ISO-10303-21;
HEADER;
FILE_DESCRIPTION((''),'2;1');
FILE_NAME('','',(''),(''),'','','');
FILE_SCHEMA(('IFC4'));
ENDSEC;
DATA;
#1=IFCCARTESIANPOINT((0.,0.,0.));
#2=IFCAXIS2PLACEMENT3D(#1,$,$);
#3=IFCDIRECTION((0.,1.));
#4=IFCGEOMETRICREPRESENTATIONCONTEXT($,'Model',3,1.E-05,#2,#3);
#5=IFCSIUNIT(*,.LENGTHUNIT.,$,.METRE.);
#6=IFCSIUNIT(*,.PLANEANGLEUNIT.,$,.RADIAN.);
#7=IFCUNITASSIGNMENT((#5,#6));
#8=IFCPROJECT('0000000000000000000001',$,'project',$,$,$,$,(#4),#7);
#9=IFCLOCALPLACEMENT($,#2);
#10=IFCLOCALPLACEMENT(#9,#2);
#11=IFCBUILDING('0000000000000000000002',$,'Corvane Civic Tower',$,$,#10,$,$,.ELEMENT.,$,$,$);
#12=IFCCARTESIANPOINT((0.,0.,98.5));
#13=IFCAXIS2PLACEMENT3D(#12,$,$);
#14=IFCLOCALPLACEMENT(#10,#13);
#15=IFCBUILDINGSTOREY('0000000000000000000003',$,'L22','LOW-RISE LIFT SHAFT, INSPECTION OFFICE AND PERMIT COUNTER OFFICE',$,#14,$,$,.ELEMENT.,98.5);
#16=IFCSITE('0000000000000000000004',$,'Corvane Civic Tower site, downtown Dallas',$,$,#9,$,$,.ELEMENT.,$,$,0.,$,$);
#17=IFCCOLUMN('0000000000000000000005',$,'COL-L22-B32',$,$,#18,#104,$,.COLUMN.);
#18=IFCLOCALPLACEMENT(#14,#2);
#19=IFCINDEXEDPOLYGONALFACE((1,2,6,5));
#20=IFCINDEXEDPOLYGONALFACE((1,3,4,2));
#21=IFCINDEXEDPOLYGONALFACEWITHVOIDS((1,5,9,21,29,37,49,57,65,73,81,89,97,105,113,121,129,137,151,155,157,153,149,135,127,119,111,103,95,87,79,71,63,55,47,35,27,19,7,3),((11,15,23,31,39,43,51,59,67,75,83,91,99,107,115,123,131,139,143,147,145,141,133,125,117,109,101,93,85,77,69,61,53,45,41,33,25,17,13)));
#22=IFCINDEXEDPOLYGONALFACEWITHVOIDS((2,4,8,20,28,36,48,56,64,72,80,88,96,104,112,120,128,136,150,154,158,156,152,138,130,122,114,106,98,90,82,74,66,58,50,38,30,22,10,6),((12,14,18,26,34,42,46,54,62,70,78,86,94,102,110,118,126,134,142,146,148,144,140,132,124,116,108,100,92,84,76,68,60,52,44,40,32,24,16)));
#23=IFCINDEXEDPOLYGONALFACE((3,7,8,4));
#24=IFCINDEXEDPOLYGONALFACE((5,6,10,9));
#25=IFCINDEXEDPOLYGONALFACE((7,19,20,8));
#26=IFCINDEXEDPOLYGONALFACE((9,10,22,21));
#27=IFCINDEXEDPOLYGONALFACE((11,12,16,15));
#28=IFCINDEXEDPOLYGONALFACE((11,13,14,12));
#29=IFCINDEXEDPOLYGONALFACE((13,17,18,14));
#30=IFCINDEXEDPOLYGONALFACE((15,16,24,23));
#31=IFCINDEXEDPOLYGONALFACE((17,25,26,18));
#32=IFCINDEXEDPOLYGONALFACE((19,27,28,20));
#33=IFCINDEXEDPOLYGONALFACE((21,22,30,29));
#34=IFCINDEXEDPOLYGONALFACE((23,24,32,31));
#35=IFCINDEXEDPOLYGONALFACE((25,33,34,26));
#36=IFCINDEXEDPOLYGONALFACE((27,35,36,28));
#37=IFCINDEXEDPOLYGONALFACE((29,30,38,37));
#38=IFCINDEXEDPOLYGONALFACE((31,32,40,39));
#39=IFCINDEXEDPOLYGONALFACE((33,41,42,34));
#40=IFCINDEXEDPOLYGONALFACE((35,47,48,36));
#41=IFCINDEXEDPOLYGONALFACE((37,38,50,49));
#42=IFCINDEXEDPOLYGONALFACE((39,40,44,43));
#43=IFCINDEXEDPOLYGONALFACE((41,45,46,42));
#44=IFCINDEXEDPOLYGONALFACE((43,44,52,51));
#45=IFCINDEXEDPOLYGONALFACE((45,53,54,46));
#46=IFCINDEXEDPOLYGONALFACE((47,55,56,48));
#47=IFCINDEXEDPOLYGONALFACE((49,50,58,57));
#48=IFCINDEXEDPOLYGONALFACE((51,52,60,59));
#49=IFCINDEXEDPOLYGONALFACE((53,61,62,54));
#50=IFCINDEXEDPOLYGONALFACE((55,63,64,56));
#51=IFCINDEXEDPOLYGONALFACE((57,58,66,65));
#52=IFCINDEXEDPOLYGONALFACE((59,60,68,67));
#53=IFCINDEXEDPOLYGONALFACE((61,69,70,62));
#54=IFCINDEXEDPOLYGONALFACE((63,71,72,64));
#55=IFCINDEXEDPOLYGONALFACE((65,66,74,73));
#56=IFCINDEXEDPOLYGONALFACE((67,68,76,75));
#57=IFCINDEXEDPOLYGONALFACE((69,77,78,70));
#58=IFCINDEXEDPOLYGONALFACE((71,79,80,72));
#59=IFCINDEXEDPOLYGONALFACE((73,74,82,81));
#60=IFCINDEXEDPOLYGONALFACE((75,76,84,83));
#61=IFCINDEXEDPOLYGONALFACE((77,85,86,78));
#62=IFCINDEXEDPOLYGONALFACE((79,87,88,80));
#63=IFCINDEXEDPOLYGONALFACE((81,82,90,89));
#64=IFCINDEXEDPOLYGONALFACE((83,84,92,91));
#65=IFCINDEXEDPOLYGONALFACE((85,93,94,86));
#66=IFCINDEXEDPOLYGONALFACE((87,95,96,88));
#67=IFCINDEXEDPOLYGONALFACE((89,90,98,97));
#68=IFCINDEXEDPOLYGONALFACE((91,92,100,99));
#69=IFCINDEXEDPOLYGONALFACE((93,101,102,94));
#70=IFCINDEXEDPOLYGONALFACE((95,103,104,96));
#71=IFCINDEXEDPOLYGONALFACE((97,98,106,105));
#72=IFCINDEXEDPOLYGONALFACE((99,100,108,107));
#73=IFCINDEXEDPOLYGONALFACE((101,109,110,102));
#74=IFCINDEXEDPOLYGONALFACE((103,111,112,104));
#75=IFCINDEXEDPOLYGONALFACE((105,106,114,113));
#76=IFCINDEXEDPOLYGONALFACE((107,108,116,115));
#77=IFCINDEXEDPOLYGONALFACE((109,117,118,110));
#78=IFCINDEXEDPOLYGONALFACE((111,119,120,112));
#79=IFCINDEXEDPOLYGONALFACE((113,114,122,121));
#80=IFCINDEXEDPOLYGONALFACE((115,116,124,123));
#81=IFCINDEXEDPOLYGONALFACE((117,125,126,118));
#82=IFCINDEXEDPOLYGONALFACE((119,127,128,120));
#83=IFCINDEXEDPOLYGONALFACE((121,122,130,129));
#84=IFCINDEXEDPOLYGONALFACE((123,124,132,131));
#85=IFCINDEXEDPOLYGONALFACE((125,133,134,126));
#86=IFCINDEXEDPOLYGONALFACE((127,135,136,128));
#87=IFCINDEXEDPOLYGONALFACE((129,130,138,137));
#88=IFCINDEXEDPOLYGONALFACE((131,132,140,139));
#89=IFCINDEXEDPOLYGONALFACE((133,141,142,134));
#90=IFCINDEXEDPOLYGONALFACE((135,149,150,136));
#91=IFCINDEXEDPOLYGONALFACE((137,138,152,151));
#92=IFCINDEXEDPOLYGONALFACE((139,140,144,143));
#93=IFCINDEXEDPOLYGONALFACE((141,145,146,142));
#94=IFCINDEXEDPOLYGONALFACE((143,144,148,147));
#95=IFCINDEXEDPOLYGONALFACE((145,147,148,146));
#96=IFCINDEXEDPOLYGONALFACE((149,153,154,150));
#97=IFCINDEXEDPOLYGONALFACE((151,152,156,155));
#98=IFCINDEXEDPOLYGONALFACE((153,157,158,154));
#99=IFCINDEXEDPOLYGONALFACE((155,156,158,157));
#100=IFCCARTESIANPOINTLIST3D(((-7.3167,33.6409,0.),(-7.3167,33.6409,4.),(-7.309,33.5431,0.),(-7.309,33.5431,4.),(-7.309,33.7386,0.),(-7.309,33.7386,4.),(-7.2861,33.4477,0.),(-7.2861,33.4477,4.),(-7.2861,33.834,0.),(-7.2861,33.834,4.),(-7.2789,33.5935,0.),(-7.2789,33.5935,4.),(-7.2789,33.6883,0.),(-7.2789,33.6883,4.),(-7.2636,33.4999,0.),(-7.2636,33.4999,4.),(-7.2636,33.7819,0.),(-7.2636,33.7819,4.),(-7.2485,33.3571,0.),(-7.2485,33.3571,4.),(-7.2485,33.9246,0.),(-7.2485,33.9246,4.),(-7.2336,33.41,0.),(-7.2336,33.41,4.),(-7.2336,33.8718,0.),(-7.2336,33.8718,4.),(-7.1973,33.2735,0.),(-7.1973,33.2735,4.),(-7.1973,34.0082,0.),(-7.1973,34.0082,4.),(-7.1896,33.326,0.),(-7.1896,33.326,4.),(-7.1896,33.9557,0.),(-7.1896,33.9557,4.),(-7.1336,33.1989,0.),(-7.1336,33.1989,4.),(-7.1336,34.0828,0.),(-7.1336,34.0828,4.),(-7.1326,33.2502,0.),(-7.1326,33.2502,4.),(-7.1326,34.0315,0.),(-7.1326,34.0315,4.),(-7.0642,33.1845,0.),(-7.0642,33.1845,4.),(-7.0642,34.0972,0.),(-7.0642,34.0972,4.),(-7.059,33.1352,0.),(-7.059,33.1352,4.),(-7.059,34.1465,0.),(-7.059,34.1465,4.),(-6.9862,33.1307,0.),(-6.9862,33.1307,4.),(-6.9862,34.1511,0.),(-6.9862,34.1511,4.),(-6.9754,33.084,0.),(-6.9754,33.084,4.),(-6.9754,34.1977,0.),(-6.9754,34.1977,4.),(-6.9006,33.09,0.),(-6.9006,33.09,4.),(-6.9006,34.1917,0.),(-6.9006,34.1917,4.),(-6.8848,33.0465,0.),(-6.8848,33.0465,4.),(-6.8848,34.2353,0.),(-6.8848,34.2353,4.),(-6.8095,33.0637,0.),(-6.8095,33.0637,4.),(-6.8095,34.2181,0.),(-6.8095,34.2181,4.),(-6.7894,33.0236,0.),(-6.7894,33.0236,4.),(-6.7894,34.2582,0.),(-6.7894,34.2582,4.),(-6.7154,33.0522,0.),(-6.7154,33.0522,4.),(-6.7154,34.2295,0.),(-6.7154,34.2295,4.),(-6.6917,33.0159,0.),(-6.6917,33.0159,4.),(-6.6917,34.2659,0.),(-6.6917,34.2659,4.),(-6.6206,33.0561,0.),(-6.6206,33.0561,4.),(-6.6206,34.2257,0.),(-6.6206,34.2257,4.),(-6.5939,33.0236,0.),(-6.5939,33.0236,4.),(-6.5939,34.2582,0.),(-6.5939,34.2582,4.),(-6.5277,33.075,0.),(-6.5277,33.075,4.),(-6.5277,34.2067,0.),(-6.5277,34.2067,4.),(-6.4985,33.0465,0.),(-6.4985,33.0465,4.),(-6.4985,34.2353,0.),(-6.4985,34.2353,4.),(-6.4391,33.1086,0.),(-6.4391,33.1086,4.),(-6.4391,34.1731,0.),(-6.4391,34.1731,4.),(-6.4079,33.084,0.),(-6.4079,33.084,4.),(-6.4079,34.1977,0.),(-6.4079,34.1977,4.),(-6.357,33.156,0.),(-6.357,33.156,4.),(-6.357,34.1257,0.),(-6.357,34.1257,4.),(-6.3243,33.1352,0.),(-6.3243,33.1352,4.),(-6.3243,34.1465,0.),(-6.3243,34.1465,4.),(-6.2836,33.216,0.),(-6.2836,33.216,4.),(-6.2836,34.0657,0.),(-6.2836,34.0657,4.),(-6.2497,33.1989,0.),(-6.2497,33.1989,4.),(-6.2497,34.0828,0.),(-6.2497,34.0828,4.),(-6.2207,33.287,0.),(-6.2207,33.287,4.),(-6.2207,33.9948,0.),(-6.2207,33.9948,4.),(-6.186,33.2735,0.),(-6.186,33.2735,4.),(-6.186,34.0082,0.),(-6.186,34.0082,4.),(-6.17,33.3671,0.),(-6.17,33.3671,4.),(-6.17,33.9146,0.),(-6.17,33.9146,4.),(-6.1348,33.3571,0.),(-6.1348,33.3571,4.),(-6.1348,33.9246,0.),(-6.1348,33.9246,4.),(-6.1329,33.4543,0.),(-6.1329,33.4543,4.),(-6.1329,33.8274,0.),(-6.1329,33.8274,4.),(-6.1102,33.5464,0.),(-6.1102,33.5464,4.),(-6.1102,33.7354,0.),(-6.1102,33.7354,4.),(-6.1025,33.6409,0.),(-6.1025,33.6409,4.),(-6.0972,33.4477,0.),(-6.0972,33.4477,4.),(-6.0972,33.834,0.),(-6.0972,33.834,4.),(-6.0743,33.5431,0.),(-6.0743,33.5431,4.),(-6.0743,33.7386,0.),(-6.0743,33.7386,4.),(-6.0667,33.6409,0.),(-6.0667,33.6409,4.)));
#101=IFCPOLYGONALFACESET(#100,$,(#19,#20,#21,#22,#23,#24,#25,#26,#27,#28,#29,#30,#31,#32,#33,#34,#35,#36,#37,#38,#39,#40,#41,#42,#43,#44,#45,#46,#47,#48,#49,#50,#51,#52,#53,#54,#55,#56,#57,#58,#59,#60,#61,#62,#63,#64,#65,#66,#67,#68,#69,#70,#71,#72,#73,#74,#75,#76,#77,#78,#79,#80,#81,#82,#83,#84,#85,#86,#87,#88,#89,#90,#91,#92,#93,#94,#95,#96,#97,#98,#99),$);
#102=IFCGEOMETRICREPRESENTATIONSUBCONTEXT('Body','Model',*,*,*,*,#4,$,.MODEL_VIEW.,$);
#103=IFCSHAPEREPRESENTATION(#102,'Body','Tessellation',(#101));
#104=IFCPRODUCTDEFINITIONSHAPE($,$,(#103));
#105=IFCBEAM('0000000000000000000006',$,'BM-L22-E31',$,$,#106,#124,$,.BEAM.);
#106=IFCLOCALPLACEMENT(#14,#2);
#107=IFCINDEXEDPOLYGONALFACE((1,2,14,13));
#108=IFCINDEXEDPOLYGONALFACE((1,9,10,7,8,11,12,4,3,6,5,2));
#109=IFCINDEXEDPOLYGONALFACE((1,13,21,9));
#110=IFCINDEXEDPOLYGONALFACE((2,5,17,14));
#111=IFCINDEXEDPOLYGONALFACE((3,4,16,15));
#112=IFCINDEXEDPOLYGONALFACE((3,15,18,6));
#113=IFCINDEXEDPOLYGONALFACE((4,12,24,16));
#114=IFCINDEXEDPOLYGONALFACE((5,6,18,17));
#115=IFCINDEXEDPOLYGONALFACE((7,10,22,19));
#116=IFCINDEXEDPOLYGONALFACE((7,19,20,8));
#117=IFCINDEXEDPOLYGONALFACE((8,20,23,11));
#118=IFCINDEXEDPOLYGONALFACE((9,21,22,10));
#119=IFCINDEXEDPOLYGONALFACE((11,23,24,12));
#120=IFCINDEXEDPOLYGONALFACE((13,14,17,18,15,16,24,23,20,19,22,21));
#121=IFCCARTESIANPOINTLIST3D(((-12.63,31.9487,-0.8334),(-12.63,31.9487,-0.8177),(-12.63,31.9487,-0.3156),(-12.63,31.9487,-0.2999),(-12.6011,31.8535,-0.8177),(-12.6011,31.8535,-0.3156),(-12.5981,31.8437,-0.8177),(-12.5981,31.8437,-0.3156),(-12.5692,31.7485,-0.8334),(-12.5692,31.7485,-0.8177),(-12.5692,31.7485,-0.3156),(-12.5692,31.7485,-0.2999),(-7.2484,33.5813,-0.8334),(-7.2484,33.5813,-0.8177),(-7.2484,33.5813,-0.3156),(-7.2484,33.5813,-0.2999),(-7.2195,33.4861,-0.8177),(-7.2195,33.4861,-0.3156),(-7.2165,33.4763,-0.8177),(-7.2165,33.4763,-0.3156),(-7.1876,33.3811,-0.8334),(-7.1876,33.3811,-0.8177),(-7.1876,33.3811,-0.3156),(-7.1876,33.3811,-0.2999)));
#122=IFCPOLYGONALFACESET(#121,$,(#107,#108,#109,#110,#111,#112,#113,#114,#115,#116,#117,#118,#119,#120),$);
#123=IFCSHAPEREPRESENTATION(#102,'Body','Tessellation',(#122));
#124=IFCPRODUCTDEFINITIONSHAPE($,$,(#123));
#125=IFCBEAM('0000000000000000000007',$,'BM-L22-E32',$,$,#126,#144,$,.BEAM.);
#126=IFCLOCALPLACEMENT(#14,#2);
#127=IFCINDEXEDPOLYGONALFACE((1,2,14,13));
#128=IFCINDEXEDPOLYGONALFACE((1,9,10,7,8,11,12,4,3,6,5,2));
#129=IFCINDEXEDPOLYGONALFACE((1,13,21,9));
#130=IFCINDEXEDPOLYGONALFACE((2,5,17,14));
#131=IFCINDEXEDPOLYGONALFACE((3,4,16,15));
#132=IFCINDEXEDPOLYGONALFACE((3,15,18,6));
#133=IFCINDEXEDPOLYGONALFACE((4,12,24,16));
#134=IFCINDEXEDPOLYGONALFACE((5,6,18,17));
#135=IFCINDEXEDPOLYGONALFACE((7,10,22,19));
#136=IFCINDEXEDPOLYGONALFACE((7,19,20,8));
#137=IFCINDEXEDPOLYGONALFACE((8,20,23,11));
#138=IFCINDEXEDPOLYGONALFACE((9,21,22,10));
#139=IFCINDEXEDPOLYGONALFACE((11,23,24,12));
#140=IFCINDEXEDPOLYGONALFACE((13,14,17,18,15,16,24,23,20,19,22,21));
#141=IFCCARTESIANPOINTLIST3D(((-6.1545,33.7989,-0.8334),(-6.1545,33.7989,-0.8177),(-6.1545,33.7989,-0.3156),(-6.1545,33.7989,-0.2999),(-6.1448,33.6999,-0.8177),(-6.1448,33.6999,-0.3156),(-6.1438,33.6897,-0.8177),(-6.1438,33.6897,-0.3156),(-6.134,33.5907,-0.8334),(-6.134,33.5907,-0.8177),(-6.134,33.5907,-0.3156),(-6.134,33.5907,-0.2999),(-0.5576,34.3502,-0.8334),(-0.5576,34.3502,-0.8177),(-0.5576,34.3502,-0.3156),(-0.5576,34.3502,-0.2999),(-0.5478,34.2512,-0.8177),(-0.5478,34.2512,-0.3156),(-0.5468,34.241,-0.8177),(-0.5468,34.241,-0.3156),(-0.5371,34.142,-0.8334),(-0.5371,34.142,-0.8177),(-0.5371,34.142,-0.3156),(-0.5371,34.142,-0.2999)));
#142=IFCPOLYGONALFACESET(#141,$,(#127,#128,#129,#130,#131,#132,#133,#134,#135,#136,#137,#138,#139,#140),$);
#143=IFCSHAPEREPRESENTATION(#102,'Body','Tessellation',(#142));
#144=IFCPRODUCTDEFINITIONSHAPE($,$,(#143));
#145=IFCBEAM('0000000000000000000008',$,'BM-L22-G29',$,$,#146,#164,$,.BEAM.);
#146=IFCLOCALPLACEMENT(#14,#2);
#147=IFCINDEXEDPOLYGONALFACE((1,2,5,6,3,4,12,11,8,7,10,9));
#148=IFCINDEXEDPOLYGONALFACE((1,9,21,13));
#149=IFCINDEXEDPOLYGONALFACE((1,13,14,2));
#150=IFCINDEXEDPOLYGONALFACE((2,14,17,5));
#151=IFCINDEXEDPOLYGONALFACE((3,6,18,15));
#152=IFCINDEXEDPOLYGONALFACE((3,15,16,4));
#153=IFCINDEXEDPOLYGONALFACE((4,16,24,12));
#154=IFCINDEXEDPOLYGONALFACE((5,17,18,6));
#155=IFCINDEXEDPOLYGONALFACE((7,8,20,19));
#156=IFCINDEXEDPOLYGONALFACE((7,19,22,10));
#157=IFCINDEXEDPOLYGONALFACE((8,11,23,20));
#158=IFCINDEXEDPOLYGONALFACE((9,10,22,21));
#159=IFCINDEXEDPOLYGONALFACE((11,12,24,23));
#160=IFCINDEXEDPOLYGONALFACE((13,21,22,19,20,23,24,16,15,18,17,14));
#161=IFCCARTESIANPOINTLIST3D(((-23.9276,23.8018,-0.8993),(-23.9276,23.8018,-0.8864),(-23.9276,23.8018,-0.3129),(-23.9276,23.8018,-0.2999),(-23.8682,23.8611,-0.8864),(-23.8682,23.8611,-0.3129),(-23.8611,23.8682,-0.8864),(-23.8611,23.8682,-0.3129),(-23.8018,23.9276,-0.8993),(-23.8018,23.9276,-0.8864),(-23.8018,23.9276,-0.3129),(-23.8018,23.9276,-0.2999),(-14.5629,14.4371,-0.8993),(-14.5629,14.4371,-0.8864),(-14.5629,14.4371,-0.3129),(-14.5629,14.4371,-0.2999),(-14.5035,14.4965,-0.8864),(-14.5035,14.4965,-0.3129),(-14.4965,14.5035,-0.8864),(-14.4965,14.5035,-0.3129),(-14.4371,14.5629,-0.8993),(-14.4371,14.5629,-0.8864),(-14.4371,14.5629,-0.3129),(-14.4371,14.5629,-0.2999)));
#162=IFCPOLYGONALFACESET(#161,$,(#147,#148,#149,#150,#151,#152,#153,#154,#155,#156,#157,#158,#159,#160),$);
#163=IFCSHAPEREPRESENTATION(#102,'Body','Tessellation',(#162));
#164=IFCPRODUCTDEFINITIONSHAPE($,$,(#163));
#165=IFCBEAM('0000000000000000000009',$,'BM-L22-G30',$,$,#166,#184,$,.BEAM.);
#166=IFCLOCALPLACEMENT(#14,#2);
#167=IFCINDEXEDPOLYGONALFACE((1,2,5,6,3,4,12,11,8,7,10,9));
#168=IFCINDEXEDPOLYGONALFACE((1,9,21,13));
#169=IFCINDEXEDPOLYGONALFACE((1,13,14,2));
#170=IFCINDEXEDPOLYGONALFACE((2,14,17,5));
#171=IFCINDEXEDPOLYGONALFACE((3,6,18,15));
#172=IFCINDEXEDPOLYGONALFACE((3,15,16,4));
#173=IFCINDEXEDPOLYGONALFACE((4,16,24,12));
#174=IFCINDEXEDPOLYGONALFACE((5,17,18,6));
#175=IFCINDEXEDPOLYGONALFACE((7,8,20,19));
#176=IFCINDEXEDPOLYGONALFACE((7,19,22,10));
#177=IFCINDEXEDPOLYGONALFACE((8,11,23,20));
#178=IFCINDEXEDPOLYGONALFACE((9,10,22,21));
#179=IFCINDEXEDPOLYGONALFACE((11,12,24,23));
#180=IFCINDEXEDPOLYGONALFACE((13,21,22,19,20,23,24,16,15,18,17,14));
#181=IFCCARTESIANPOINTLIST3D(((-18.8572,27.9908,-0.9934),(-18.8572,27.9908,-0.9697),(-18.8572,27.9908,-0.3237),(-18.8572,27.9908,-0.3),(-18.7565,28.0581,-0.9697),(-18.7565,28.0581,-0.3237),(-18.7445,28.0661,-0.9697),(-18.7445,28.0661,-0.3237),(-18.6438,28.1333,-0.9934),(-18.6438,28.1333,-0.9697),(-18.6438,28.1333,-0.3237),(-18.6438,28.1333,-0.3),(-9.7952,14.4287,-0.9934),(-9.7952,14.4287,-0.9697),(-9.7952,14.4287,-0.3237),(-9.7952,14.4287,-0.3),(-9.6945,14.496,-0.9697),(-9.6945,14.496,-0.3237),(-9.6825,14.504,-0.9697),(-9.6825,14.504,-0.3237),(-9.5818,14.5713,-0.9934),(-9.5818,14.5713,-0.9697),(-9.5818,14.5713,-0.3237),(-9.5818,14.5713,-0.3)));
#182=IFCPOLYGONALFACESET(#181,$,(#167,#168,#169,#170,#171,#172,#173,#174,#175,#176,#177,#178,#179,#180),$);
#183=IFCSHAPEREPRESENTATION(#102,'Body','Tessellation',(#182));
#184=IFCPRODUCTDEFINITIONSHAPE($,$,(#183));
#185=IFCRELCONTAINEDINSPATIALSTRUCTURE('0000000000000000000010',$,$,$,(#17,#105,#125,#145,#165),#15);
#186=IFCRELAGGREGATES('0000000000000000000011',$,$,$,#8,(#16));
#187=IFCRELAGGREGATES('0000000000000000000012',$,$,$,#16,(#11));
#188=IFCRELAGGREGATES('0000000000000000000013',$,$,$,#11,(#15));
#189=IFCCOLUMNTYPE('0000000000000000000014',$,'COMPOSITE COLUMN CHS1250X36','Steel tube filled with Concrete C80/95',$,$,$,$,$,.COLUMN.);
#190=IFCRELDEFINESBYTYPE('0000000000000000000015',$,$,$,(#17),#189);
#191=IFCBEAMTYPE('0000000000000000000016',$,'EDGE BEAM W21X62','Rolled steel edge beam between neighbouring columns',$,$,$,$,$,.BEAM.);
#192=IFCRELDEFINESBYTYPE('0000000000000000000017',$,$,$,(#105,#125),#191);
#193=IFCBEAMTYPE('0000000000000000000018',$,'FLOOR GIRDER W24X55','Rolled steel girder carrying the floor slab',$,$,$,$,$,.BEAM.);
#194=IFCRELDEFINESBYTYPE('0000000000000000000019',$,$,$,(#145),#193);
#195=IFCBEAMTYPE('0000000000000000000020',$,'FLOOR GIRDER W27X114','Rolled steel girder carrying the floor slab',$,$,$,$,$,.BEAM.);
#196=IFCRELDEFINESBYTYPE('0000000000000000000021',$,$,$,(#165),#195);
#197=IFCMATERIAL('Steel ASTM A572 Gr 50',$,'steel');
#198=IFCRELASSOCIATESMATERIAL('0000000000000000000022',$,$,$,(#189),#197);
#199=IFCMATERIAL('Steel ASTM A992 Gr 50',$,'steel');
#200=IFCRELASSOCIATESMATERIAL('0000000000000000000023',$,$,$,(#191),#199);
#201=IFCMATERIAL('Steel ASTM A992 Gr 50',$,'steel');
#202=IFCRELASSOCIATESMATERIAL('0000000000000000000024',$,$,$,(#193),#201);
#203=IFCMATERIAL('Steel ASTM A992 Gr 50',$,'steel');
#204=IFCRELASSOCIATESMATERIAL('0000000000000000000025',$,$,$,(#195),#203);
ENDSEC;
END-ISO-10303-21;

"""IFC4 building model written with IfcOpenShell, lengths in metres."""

from ifc_helpers import new_model, si_unit, direction, frame, origin, origin_2d, place, context, subcontext, project, spatial, hollow_circle, i_section, extrude, material, material_profile, profile_set, type_object, element, save


model = new_model("IFC4")

# Units and contexts
model_context = context("Model", 3, precision=1e-05, world=origin(), true_north=direction((0.0, 1.0)))
body_context = subcontext(model_context, "Body", "Model", "MODEL_VIEW")
ifc_project = project(units=[si_unit("LENGTHUNIT", "METRE"), si_unit("PLANEANGLEUNIT", "RADIAN")], contexts=[model_context])

# Site, building, storey
site_placement = place(None, origin())
site = spatial("IfcSite", under=ifc_project, at=site_placement, Name="Corvane Civic Tower site, downtown Dallas", CompositionType="ELEMENT", RefElevation=0.0)
building_placement = place(site_placement, origin())
building = spatial("IfcBuilding", under=site, at=building_placement, Name="Corvane Civic Tower", CompositionType="ELEMENT")
storey_placement = place(building_placement, frame((0.0, 0.0, 98.5)))
storey = spatial("IfcBuildingStorey", under=building, at=storey_placement, Name="L22", Description="LOW-RISE LIFT SHAFT, INSPECTION OFFICE AND PERMIT COUNTER OFFICE", CompositionType="ELEMENT", Elevation=98.5)

# Column
ifc_material_1 = material(Name="Steel ASTM A572 Gr 50", Category="steel")
ifc_material_profile_1 = material_profile(ifc_material_1, hollow_circle(Radius=0.625, WallThickness=0.0359, at=origin_2d()), Name="CHS1250X36")
ifc_profile_set_1 = profile_set([ifc_material_profile_1], Name="Steel ASTM A572 Gr 50")
column_type = type_object("IfcColumnType", Name="COMPOSITE COLUMN CHS1250X36", Description="Steel tube filled with Concrete C80/95", PredefinedType="COLUMN", material=ifc_profile_set_1)
for number, where, z_axis, x_axis, name in (
    (1, (-6.6917, 33.6409, 0.0), (0.0, 0.0, 1.0), (1.0, 0.0, 0.0), "COL-L22-B32"),
):
    element("IfcColumn", number, at=place(storey_placement, frame(where, z_axis=z_axis, x_axis=x_axis)), inside=storey, type_object=column_type, Name=name, PredefinedType="COLUMN", context=body_context, shape_type="SweptSolid", body=[
        extrude(hollow_circle(Radius=0.625, WallThickness=0.0359, at=origin_2d()), origin(), (0.0, 0.0, 1.0), 4.0),
    ])

# Beams
ifc_material_2 = material(Name="Steel ASTM A992 Gr 50", Category="steel")
ifc_material_profile_2 = material_profile(ifc_material_2, i_section(OverallWidth=0.2092, OverallDepth=0.5334, WebThickness=0.0103, FlangeThickness=0.0156, at=origin_2d()), Name="W21X62")
ifc_profile_set_2 = profile_set([ifc_material_profile_2], Name="Steel ASTM A992 Gr 50")
beam_type_1 = type_object("IfcBeamType", Name="EDGE BEAM W21X62", Description="Rolled steel edge beam between neighbouring columns", PredefinedType="BEAM", material=ifc_profile_set_2)
beam_1_placement = place(storey_placement, frame((-12.5996, 31.8486, -0.5667), z_axis=(0.956936, 0.290298, 0.0), x_axis=(-0.290298, 0.956936, 0.0)))
element("IfcBeam", 2, at=beam_1_placement, inside=storey, type_object=beam_type_1, Name="BM-L22-E31", PredefinedType="BEAM", context=body_context, shape_type="SweptSolid", body=[
    extrude(i_section(OverallWidth=0.2092, OverallDepth=0.5334, WebThickness=0.0103, FlangeThickness=0.0156, at=origin_2d()), origin(), (0.0, 0.0, 1.0), 5.6238),
])
beam_2_placement = place(storey_placement, frame((-6.1443, 33.6948, -0.5667), z_axis=(0.995184, 0.098021, 0.0), x_axis=(-0.098021, 0.995184, 0.0)))
element("IfcBeam", 3, at=beam_2_placement, inside=storey, type_object=beam_type_1, Name="BM-L22-E32", PredefinedType="BEAM", context=body_context, shape_type="SweptSolid", body=[
    extrude(i_section(OverallWidth=0.2092, OverallDepth=0.5334, WebThickness=0.0103, FlangeThickness=0.0156, at=origin_2d()), origin(), (0.0, 0.0, 1.0), 5.624),
])
ifc_material_3 = material(Name="Steel ASTM A992 Gr 50", Category="steel")
ifc_material_profile_3 = material_profile(ifc_material_3, i_section(OverallWidth=0.178, OverallDepth=0.5994, WebThickness=0.01, FlangeThickness=0.0129, at=origin_2d()), Name="W24X55")
ifc_profile_set_3 = profile_set([ifc_material_profile_3], Name="Steel ASTM A992 Gr 50")
beam_type_2 = type_object("IfcBeamType", Name="FLOOR GIRDER W24X55", Description="Rolled steel girder carrying the floor slab", PredefinedType="BEAM", material=ifc_profile_set_3)
beam_3_placement = place(storey_placement, frame((-14.5, 14.5, -0.5996), z_axis=(-0.707107, 0.707107, 0.0), x_axis=(-0.707107, -0.707107, 0.0)))
element("IfcBeam", 4, at=beam_3_placement, inside=storey, type_object=beam_type_2, Name="BM-L22-G29", PredefinedType="BEAM", context=body_context, shape_type="SweptSolid", body=[
    extrude(i_section(OverallWidth=0.178, OverallDepth=0.5994, WebThickness=0.01, FlangeThickness=0.0129, at=origin_2d()), origin(), (0.0, 0.0, 1.0), 13.2437),
])
ifc_material_4 = material(Name="Steel ASTM A992 Gr 50", Category="steel")
ifc_material_profile_4 = material_profile(ifc_material_4, i_section(OverallWidth=0.2566, OverallDepth=0.6934, WebThickness=0.0144, FlangeThickness=0.0237, at=origin_2d()), Name="W27X114")
ifc_profile_set_4 = profile_set([ifc_material_profile_4], Name="Steel ASTM A992 Gr 50")
beam_type_3 = type_object("IfcBeamType", Name="FLOOR GIRDER W27X114", Description="Rolled steel girder carrying the floor slab", PredefinedType="BEAM", material=ifc_profile_set_4)
beam_4_placement = place(storey_placement, frame((-9.6885, 14.5, -0.6467), z_axis=(-0.555577, 0.831465, 0.0), x_axis=(-0.831465, -0.555577, 0.0)))
element("IfcBeam", 5, at=beam_4_placement, inside=storey, type_object=beam_type_3, Name="BM-L22-G30", PredefinedType="BEAM", context=body_context, shape_type="SweptSolid", body=[
    extrude(i_section(OverallWidth=0.2566, OverallDepth=0.6934, WebThickness=0.0144, FlangeThickness=0.0237, at=origin_2d()), origin(), (0.0, 0.0, 1.0), 16.311),
])

save(model, "model.ifc")
